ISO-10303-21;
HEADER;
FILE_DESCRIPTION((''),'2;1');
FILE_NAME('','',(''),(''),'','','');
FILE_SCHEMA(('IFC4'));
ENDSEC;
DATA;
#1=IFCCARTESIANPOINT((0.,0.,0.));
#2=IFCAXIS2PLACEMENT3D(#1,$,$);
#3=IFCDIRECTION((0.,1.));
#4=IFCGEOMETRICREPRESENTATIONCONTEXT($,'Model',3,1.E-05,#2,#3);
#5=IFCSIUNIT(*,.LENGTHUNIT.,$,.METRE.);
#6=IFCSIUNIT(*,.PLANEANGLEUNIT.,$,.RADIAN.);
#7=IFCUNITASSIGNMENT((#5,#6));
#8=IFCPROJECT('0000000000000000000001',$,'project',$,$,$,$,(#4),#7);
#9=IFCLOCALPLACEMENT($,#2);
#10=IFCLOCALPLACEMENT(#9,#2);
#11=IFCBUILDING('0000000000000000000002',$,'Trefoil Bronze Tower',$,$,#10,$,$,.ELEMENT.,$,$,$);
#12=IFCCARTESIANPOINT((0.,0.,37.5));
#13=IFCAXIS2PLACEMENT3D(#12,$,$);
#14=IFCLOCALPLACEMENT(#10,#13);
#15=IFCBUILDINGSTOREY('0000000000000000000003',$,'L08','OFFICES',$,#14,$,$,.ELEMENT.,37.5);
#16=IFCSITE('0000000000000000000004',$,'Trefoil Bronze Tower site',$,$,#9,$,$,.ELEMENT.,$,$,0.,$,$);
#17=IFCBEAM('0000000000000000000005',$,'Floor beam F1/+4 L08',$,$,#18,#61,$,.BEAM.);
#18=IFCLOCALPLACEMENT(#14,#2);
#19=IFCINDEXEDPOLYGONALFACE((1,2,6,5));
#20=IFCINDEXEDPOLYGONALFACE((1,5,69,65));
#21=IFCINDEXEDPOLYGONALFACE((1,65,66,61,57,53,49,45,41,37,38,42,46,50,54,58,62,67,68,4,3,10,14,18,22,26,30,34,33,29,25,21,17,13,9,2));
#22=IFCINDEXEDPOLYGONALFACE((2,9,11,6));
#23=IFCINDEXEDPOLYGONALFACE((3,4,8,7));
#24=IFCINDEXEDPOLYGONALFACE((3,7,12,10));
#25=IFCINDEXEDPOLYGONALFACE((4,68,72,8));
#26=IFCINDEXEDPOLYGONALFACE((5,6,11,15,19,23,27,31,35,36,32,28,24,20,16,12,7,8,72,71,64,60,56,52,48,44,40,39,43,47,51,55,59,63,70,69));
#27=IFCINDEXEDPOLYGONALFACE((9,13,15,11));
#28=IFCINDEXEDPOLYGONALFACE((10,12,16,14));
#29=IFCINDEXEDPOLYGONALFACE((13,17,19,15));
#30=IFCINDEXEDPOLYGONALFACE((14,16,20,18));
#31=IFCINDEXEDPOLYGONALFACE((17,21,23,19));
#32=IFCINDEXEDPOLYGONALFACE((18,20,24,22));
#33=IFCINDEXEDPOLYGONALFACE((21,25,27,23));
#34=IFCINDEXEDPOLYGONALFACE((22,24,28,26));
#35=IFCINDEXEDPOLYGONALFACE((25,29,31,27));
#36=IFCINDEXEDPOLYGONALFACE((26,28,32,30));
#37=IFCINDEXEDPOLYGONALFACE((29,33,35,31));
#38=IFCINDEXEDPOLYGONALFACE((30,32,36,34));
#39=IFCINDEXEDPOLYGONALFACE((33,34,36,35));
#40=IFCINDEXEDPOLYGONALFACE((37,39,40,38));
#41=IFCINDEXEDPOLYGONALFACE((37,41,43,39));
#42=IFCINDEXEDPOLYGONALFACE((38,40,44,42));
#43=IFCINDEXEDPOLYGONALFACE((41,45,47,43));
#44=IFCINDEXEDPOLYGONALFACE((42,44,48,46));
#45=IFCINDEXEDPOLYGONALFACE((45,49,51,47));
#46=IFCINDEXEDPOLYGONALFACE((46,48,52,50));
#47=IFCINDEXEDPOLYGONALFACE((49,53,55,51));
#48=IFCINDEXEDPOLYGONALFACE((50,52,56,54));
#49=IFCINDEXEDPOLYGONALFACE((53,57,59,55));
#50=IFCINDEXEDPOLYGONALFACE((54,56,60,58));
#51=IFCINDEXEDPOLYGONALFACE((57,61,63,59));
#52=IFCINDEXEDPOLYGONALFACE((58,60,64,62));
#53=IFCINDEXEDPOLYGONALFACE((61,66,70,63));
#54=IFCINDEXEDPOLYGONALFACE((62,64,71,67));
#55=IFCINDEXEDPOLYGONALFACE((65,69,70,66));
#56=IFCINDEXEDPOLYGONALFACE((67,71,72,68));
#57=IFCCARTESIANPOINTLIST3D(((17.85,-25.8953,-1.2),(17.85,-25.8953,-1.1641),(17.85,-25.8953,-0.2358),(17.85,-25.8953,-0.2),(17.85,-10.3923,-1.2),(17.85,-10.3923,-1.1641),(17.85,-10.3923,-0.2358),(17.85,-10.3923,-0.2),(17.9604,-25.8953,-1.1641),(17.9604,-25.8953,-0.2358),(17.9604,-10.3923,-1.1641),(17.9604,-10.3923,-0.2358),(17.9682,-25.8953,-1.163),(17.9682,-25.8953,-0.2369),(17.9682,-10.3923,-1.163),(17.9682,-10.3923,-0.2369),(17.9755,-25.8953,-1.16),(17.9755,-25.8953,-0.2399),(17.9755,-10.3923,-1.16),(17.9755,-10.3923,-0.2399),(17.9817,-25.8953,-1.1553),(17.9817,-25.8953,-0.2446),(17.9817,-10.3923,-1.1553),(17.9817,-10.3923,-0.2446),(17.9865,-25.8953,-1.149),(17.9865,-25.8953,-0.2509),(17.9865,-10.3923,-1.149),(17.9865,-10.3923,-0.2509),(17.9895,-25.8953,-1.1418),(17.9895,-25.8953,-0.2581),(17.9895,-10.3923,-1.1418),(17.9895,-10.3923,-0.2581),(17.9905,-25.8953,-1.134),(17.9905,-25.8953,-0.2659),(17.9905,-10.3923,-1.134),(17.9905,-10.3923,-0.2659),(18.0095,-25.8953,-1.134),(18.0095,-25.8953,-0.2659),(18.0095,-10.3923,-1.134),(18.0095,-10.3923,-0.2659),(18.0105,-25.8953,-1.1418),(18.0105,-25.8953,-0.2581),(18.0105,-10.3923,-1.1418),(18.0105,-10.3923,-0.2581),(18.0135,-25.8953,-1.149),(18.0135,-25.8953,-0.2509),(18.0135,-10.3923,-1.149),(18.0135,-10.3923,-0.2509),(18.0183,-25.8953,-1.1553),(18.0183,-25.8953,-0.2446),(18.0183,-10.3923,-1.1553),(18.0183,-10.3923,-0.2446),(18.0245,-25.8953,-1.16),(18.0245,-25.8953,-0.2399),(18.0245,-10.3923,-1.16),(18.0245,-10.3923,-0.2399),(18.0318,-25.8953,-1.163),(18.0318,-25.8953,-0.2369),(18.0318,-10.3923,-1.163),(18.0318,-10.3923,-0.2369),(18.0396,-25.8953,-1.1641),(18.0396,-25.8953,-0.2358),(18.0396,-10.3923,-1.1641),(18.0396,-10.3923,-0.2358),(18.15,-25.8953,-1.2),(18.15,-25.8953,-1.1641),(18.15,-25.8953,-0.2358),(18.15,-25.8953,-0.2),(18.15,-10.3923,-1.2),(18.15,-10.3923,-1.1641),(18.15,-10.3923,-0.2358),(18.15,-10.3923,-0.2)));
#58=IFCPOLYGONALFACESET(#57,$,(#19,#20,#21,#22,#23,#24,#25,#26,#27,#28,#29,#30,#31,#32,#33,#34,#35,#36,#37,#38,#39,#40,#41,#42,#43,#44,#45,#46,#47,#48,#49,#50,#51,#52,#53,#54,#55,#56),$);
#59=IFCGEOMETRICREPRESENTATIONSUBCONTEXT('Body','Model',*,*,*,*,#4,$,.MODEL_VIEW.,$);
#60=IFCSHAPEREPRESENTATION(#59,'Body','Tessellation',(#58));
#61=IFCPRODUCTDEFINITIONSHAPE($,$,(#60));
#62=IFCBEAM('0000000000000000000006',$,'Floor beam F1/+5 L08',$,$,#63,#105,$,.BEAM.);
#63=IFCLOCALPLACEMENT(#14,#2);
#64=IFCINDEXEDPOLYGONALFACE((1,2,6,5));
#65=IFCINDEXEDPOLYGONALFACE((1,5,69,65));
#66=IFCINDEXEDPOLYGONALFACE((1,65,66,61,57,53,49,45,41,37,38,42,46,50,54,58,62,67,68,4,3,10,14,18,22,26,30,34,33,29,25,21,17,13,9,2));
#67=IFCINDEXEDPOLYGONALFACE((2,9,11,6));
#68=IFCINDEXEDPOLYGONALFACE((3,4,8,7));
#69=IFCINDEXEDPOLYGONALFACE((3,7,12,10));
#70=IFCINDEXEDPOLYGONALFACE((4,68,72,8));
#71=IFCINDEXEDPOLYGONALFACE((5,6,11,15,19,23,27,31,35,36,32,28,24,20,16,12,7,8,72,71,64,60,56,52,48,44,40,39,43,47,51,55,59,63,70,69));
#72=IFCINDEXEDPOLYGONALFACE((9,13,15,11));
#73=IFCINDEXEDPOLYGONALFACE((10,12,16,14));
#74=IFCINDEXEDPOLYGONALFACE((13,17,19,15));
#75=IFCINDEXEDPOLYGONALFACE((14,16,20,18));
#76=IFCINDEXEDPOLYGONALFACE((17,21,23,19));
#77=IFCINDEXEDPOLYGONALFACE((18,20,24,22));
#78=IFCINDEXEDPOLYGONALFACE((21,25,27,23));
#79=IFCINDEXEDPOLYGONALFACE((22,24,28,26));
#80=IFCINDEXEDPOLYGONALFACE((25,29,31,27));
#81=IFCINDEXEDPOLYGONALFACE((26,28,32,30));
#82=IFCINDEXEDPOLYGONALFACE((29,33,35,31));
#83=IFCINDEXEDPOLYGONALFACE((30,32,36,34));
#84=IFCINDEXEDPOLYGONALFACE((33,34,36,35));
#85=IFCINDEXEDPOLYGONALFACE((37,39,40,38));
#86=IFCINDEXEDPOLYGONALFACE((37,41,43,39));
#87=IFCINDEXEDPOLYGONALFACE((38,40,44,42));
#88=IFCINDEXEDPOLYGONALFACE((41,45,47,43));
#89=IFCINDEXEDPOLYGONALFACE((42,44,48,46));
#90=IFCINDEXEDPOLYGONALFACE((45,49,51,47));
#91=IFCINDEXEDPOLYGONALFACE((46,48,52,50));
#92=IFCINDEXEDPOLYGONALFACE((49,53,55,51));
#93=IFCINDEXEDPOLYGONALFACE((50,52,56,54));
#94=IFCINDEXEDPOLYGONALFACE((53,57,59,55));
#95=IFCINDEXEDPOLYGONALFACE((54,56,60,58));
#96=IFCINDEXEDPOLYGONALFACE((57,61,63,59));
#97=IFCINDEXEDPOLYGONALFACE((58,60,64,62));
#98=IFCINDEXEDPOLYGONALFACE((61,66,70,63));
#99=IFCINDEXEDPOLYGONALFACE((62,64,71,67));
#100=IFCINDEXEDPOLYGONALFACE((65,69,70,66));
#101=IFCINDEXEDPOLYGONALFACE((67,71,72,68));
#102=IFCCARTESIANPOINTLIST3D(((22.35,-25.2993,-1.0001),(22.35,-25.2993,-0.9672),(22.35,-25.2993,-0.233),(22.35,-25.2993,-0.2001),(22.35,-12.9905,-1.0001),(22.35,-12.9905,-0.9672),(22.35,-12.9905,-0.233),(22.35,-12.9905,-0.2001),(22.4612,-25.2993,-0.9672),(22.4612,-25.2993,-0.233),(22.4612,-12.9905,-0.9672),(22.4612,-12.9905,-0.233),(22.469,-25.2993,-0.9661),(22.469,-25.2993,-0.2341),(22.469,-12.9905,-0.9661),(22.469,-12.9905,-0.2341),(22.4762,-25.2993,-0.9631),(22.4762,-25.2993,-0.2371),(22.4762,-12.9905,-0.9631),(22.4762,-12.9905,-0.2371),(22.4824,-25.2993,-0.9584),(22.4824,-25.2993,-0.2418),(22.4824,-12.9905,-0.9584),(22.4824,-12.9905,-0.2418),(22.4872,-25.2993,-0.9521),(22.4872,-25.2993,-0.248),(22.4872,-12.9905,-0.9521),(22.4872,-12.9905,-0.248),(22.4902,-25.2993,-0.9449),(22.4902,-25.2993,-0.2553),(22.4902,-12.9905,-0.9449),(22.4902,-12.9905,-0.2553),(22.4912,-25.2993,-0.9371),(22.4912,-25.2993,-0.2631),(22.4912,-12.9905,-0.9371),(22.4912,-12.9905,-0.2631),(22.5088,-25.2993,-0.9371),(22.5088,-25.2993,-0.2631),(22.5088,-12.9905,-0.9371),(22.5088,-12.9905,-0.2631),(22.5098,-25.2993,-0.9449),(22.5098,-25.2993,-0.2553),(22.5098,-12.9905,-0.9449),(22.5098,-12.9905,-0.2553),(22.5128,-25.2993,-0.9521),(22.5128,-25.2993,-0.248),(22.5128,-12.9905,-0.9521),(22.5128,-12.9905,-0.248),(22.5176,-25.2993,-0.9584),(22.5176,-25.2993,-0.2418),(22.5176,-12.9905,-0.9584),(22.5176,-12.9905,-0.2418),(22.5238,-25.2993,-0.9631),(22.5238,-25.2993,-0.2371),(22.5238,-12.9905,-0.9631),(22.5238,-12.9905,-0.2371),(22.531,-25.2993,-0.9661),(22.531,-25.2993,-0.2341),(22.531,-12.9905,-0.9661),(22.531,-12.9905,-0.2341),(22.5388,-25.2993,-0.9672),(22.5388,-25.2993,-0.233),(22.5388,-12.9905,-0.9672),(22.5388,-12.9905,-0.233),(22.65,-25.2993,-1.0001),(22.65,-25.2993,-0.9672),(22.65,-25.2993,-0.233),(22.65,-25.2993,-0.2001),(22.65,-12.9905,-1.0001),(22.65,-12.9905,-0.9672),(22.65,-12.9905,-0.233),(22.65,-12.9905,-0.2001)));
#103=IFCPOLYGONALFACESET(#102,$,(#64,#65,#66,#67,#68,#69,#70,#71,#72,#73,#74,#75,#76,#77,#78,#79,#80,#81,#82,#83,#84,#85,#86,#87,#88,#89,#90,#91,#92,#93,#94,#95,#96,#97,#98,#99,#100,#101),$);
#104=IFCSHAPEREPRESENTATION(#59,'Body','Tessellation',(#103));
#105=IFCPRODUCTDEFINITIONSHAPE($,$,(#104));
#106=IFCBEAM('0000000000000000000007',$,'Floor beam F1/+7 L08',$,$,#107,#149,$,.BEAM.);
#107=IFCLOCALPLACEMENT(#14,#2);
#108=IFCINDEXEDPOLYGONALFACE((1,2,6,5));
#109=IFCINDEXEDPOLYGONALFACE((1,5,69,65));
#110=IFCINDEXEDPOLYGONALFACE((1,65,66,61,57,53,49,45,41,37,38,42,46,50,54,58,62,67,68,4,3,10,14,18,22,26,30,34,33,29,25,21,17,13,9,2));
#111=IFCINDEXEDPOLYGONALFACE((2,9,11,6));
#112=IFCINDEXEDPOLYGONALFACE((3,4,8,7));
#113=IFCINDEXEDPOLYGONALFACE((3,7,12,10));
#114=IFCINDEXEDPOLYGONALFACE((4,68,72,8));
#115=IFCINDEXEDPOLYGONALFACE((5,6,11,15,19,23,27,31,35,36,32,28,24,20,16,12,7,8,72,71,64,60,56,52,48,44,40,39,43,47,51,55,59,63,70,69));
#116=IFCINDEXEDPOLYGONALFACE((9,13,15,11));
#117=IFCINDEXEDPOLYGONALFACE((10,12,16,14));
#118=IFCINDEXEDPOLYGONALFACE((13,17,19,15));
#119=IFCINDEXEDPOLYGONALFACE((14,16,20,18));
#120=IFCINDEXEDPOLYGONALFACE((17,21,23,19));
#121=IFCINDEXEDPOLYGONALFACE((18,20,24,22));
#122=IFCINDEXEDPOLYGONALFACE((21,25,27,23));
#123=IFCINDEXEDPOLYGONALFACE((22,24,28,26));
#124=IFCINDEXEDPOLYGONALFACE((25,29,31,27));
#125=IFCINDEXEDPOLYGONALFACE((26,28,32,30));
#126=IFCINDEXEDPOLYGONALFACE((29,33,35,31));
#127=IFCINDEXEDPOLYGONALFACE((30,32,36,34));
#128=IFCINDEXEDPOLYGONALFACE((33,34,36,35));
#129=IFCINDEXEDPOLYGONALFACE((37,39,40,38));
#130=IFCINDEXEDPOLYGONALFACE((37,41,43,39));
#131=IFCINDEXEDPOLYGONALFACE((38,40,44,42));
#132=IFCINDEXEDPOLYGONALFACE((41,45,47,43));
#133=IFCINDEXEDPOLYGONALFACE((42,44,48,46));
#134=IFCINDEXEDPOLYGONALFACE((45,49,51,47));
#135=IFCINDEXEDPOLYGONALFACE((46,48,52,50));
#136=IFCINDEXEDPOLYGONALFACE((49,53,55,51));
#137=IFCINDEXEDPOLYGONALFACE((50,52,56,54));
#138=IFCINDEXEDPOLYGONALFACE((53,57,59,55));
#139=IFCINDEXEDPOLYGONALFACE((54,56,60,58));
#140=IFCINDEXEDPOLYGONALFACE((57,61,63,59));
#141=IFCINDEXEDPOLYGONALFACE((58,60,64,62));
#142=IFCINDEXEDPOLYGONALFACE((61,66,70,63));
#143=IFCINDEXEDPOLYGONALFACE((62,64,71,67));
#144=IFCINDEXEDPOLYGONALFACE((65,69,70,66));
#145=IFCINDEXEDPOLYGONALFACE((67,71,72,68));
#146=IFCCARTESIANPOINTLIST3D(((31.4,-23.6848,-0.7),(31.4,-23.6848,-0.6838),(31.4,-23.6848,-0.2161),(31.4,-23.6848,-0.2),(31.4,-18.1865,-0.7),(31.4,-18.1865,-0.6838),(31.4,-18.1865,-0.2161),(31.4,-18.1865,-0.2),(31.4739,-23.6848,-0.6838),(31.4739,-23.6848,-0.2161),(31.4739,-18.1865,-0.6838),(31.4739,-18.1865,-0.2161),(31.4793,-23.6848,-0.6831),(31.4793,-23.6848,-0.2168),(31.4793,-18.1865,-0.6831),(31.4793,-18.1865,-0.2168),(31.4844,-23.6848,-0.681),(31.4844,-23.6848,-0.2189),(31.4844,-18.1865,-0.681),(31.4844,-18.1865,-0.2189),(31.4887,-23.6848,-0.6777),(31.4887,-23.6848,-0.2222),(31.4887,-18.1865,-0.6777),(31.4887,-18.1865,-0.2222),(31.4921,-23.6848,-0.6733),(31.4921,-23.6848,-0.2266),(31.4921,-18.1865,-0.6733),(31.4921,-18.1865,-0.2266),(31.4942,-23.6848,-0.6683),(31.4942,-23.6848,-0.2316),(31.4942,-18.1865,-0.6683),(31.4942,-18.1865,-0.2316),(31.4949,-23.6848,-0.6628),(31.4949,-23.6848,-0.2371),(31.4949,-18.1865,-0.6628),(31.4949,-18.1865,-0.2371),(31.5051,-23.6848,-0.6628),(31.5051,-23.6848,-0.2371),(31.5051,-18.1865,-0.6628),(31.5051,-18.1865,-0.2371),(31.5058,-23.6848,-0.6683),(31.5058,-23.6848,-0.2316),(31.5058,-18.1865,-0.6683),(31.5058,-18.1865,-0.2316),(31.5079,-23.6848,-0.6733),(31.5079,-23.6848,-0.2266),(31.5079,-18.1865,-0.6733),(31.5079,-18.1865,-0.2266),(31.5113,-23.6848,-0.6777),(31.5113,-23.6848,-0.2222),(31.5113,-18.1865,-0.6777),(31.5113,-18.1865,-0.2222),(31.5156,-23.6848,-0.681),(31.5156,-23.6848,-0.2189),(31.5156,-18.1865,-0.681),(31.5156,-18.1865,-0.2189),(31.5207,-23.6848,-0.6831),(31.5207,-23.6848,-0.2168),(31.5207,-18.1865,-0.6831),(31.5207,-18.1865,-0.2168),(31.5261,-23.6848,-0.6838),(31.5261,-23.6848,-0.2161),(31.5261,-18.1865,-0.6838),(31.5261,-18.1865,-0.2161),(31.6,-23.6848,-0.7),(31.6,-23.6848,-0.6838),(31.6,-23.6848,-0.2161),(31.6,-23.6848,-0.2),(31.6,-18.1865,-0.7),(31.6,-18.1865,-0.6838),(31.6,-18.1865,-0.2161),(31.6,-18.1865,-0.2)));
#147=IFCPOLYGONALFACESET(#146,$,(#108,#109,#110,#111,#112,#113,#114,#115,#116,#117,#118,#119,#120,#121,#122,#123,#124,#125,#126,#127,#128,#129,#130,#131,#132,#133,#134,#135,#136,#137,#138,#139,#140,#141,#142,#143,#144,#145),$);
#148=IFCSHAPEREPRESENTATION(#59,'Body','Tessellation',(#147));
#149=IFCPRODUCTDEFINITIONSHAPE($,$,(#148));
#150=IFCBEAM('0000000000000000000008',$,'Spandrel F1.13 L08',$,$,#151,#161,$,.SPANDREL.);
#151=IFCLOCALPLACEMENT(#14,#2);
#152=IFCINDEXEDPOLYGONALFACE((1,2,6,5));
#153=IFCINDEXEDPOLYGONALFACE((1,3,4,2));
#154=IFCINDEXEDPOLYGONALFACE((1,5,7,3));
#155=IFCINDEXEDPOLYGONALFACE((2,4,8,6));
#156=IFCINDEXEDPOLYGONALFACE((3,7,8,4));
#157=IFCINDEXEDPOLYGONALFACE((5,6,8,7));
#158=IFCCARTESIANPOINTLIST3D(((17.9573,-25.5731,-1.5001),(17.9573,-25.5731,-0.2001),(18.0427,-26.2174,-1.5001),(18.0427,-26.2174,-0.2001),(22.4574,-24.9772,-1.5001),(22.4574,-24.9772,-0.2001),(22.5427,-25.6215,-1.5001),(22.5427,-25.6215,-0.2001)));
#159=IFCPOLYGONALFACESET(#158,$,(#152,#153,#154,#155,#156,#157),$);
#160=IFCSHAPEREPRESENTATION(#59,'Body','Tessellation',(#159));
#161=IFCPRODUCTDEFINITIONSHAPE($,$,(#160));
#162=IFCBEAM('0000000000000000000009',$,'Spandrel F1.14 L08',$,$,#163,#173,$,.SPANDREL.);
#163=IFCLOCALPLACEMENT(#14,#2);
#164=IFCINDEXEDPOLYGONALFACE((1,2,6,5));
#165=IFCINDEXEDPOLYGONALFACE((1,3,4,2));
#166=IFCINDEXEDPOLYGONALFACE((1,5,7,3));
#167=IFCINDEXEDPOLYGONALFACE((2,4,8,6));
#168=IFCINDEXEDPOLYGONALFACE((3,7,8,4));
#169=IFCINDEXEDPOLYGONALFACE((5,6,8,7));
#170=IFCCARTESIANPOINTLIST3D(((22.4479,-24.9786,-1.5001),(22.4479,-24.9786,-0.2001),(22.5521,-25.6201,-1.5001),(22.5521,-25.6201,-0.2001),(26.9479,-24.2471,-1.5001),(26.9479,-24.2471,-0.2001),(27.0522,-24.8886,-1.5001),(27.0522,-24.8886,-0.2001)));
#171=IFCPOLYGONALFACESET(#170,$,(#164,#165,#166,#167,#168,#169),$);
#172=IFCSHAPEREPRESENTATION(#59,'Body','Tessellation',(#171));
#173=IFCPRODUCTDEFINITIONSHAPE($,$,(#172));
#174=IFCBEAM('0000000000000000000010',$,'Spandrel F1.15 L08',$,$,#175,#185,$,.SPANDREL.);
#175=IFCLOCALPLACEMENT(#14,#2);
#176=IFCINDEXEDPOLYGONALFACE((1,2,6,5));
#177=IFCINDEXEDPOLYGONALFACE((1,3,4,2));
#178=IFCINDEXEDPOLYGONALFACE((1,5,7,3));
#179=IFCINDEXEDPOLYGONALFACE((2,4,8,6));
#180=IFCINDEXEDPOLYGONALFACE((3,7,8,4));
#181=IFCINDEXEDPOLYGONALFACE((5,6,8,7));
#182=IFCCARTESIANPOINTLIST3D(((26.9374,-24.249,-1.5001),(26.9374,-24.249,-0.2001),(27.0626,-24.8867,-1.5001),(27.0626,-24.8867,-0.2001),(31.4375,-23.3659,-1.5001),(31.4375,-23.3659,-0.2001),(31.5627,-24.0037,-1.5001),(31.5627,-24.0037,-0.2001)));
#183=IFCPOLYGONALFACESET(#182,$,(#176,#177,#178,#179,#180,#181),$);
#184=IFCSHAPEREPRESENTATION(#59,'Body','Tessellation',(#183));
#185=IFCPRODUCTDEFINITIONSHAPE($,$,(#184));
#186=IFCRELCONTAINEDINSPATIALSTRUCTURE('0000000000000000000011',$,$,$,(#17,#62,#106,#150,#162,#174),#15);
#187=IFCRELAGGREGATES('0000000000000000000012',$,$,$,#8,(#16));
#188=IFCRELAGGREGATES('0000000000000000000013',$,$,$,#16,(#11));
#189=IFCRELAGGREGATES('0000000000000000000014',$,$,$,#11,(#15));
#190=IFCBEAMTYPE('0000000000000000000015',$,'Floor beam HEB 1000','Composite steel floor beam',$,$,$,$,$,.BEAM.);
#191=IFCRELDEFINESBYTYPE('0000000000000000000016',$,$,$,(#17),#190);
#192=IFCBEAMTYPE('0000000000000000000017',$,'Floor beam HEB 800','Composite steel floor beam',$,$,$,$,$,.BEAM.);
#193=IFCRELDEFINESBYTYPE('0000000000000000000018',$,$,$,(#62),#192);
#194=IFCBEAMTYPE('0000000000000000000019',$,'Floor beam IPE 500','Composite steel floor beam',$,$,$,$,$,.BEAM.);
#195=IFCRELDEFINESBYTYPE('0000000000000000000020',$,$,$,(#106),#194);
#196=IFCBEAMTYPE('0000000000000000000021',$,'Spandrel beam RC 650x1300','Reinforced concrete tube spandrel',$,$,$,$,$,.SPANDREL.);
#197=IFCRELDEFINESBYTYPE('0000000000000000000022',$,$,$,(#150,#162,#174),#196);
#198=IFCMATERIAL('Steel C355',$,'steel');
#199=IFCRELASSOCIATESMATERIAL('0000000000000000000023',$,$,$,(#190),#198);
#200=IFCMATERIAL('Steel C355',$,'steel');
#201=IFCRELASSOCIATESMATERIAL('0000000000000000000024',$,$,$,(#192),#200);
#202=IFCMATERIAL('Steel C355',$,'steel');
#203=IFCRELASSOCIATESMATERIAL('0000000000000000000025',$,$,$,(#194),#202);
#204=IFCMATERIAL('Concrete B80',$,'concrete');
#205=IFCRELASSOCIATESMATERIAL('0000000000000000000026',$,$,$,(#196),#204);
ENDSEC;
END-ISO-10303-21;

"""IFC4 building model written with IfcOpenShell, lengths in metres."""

from ifc_helpers import new_model, si_unit, direction, frame, origin, origin_2d, place, context, subcontext, project, spatial, rectangle, i_section, extrude, material, material_profile, profile_set, type_object, element, save


model = new_model("IFC4")

# Units and contexts
model_context = context("Model", 3, precision=1e-05, world=origin(), true_north=direction((0.0, 1.0)))
body_context = subcontext(model_context, "Body", "Model", "MODEL_VIEW")
ifc_project = project(units=[si_unit("LENGTHUNIT", "METRE"), si_unit("PLANEANGLEUNIT", "RADIAN")], contexts=[model_context])

# Site, building, storey
site_placement = place(None, origin())
site = spatial("IfcSite", under=ifc_project, at=site_placement, Name="Trefoil Bronze Tower site", CompositionType="ELEMENT", RefElevation=0.0)
building_placement = place(site_placement, origin())
building = spatial("IfcBuilding", under=site, at=building_placement, Name="Trefoil Bronze Tower", CompositionType="ELEMENT")
storey_placement = place(building_placement, frame((0.0, 0.0, 37.5)))
storey = spatial("IfcBuildingStorey", under=building, at=storey_placement, Name="L08", Description="OFFICES", CompositionType="ELEMENT", Elevation=37.5)

# Beams
ifc_material_1 = material(Name="Steel C355", Category="steel")
ifc_material_profile_1 = material_profile(ifc_material_1, i_section(OverallWidth=0.3, OverallDepth=1.0, WebThickness=0.019, FlangeThickness=0.0359, FilletRadius=0.03, at=origin_2d()), Name="HEB 1000")
ifc_profile_set_1 = profile_set([ifc_material_profile_1], Name="Steel C355")
beam_type_1 = type_object("IfcBeamType", Name="Floor beam HEB 1000", Description="Composite steel floor beam", PredefinedType="BEAM", material=ifc_profile_set_1)
beam_1_placement = place(storey_placement, frame((18.0, -25.8953, -0.7), z_axis=(0.0, 1.0, 0.0), x_axis=(-1.0, 0.0, 0.0)))
element("IfcBeam", 1, at=beam_1_placement, inside=storey, type_object=beam_type_1, Name="Floor beam F1/+4 L08", PredefinedType="BEAM", context=body_context, shape_type="SweptSolid", body=[
    extrude(i_section(OverallWidth=0.3, OverallDepth=1.0, WebThickness=0.019, FlangeThickness=0.0359, FilletRadius=0.03, at=origin_2d()), origin(), (0.0, 0.0, 1.0), 15.5029),
])
ifc_material_2 = material(Name="Steel C355", Category="steel")
ifc_material_profile_2 = material_profile(ifc_material_2, i_section(OverallWidth=0.3, OverallDepth=0.8, WebThickness=0.0176, FlangeThickness=0.033, FilletRadius=0.03, at=origin_2d()), Name="HEB 800")
ifc_profile_set_2 = profile_set([ifc_material_profile_2], Name="Steel C355")
beam_type_2 = type_object("IfcBeamType", Name="Floor beam HEB 800", Description="Composite steel floor beam", PredefinedType="BEAM", material=ifc_profile_set_2)
beam_2_placement = place(storey_placement, frame((22.5, -25.2993, -0.6001), z_axis=(0.0, 1.0, 0.0), x_axis=(-1.0, 0.0, 0.0)))
element("IfcBeam", 2, at=beam_2_placement, inside=storey, type_object=beam_type_2, Name="Floor beam F1/+5 L08", PredefinedType="BEAM", context=body_context, shape_type="SweptSolid", body=[
    extrude(i_section(OverallWidth=0.3, OverallDepth=0.8, WebThickness=0.0176, FlangeThickness=0.033, FilletRadius=0.03, at=origin_2d()), origin(), (0.0, 0.0, 1.0), 12.3088),
])
ifc_material_3 = material(Name="Steel C355", Category="steel")
ifc_material_profile_3 = material_profile(ifc_material_3, i_section(OverallWidth=0.2, OverallDepth=0.5, WebThickness=0.0103, FlangeThickness=0.0161, FilletRadius=0.021, at=origin_2d()), Name="IPE 500")
ifc_profile_set_3 = profile_set([ifc_material_profile_3], Name="Steel C355")
beam_type_3 = type_object("IfcBeamType", Name="Floor beam IPE 500", Description="Composite steel floor beam", PredefinedType="BEAM", material=ifc_profile_set_3)
beam_3_placement = place(storey_placement, frame((31.5, -23.6848, -0.45), z_axis=(0.0, 1.0, 0.0), x_axis=(-1.0, 0.0, 0.0)))
element("IfcBeam", 3, at=beam_3_placement, inside=storey, type_object=beam_type_3, Name="Floor beam F1/+7 L08", PredefinedType="BEAM", context=body_context, shape_type="SweptSolid", body=[
    extrude(i_section(OverallWidth=0.2, OverallDepth=0.5, WebThickness=0.0103, FlangeThickness=0.0161, FilletRadius=0.021, at=origin_2d()), origin(), (0.0, 0.0, 1.0), 5.4983),
])
ifc_material_4 = material(Name="Concrete B80", Category="concrete")
ifc_material_profile_4 = material_profile(ifc_material_4, rectangle(XDim=0.6499, YDim=1.3, at=origin_2d()), Name="RC 650x1300")
ifc_profile_set_4 = profile_set([ifc_material_profile_4], Name="Concrete B80")
beam_type_4 = type_object("IfcBeamType", Name="Spandrel beam RC 650x1300", Description="Reinforced concrete tube spandrel", PredefinedType="SPANDREL", material=ifc_profile_set_4)
beam_4_placement = place(storey_placement, frame((18.0, -25.8953, -0.8501), z_axis=(0.991344, 0.131286, 0.0), x_axis=(-0.131286, 0.991344, 0.0)))
element("IfcBeam", 4, at=beam_4_placement, inside=storey, type_object=beam_type_4, Name="Spandrel F1.13 L08", PredefinedType="SPANDREL", context=body_context, shape_type="SweptSolid", body=[
    extrude(rectangle(XDim=0.6499, YDim=1.3, at=origin_2d()), origin(), (0.0, 0.0, 1.0), 4.5393),
])
beam_5_placement = place(storey_placement, frame((22.5, -25.2993, -0.8501), z_axis=(0.987046, 0.160438, 0.0), x_axis=(-0.160438, 0.987046, 0.0)))
element("IfcBeam", 5, at=beam_5_placement, inside=storey, type_object=beam_type_4, Name="Spandrel F1.14 L08", PredefinedType="SPANDREL", context=body_context, shape_type="SweptSolid", body=[
    extrude(rectangle(XDim=0.6499, YDim=1.3, at=origin_2d()), origin(), (0.0, 0.0, 1.0), 4.5591),
])
beam_6_placement = place(storey_placement, frame((27.0, -24.5679, -0.8501), z_axis=(0.981285, 0.192562, 0.0), x_axis=(-0.192562, 0.981285, 0.0)))
element("IfcBeam", 6, at=beam_6_placement, inside=storey, type_object=beam_type_4, Name="Spandrel F1.15 L08", PredefinedType="SPANDREL", context=body_context, shape_type="SweptSolid", body=[
    extrude(rectangle(XDim=0.6499, YDim=1.3, at=origin_2d()), origin(), (0.0, 0.0, 1.0), 4.5859),
])

save(model, "model.ifc")
